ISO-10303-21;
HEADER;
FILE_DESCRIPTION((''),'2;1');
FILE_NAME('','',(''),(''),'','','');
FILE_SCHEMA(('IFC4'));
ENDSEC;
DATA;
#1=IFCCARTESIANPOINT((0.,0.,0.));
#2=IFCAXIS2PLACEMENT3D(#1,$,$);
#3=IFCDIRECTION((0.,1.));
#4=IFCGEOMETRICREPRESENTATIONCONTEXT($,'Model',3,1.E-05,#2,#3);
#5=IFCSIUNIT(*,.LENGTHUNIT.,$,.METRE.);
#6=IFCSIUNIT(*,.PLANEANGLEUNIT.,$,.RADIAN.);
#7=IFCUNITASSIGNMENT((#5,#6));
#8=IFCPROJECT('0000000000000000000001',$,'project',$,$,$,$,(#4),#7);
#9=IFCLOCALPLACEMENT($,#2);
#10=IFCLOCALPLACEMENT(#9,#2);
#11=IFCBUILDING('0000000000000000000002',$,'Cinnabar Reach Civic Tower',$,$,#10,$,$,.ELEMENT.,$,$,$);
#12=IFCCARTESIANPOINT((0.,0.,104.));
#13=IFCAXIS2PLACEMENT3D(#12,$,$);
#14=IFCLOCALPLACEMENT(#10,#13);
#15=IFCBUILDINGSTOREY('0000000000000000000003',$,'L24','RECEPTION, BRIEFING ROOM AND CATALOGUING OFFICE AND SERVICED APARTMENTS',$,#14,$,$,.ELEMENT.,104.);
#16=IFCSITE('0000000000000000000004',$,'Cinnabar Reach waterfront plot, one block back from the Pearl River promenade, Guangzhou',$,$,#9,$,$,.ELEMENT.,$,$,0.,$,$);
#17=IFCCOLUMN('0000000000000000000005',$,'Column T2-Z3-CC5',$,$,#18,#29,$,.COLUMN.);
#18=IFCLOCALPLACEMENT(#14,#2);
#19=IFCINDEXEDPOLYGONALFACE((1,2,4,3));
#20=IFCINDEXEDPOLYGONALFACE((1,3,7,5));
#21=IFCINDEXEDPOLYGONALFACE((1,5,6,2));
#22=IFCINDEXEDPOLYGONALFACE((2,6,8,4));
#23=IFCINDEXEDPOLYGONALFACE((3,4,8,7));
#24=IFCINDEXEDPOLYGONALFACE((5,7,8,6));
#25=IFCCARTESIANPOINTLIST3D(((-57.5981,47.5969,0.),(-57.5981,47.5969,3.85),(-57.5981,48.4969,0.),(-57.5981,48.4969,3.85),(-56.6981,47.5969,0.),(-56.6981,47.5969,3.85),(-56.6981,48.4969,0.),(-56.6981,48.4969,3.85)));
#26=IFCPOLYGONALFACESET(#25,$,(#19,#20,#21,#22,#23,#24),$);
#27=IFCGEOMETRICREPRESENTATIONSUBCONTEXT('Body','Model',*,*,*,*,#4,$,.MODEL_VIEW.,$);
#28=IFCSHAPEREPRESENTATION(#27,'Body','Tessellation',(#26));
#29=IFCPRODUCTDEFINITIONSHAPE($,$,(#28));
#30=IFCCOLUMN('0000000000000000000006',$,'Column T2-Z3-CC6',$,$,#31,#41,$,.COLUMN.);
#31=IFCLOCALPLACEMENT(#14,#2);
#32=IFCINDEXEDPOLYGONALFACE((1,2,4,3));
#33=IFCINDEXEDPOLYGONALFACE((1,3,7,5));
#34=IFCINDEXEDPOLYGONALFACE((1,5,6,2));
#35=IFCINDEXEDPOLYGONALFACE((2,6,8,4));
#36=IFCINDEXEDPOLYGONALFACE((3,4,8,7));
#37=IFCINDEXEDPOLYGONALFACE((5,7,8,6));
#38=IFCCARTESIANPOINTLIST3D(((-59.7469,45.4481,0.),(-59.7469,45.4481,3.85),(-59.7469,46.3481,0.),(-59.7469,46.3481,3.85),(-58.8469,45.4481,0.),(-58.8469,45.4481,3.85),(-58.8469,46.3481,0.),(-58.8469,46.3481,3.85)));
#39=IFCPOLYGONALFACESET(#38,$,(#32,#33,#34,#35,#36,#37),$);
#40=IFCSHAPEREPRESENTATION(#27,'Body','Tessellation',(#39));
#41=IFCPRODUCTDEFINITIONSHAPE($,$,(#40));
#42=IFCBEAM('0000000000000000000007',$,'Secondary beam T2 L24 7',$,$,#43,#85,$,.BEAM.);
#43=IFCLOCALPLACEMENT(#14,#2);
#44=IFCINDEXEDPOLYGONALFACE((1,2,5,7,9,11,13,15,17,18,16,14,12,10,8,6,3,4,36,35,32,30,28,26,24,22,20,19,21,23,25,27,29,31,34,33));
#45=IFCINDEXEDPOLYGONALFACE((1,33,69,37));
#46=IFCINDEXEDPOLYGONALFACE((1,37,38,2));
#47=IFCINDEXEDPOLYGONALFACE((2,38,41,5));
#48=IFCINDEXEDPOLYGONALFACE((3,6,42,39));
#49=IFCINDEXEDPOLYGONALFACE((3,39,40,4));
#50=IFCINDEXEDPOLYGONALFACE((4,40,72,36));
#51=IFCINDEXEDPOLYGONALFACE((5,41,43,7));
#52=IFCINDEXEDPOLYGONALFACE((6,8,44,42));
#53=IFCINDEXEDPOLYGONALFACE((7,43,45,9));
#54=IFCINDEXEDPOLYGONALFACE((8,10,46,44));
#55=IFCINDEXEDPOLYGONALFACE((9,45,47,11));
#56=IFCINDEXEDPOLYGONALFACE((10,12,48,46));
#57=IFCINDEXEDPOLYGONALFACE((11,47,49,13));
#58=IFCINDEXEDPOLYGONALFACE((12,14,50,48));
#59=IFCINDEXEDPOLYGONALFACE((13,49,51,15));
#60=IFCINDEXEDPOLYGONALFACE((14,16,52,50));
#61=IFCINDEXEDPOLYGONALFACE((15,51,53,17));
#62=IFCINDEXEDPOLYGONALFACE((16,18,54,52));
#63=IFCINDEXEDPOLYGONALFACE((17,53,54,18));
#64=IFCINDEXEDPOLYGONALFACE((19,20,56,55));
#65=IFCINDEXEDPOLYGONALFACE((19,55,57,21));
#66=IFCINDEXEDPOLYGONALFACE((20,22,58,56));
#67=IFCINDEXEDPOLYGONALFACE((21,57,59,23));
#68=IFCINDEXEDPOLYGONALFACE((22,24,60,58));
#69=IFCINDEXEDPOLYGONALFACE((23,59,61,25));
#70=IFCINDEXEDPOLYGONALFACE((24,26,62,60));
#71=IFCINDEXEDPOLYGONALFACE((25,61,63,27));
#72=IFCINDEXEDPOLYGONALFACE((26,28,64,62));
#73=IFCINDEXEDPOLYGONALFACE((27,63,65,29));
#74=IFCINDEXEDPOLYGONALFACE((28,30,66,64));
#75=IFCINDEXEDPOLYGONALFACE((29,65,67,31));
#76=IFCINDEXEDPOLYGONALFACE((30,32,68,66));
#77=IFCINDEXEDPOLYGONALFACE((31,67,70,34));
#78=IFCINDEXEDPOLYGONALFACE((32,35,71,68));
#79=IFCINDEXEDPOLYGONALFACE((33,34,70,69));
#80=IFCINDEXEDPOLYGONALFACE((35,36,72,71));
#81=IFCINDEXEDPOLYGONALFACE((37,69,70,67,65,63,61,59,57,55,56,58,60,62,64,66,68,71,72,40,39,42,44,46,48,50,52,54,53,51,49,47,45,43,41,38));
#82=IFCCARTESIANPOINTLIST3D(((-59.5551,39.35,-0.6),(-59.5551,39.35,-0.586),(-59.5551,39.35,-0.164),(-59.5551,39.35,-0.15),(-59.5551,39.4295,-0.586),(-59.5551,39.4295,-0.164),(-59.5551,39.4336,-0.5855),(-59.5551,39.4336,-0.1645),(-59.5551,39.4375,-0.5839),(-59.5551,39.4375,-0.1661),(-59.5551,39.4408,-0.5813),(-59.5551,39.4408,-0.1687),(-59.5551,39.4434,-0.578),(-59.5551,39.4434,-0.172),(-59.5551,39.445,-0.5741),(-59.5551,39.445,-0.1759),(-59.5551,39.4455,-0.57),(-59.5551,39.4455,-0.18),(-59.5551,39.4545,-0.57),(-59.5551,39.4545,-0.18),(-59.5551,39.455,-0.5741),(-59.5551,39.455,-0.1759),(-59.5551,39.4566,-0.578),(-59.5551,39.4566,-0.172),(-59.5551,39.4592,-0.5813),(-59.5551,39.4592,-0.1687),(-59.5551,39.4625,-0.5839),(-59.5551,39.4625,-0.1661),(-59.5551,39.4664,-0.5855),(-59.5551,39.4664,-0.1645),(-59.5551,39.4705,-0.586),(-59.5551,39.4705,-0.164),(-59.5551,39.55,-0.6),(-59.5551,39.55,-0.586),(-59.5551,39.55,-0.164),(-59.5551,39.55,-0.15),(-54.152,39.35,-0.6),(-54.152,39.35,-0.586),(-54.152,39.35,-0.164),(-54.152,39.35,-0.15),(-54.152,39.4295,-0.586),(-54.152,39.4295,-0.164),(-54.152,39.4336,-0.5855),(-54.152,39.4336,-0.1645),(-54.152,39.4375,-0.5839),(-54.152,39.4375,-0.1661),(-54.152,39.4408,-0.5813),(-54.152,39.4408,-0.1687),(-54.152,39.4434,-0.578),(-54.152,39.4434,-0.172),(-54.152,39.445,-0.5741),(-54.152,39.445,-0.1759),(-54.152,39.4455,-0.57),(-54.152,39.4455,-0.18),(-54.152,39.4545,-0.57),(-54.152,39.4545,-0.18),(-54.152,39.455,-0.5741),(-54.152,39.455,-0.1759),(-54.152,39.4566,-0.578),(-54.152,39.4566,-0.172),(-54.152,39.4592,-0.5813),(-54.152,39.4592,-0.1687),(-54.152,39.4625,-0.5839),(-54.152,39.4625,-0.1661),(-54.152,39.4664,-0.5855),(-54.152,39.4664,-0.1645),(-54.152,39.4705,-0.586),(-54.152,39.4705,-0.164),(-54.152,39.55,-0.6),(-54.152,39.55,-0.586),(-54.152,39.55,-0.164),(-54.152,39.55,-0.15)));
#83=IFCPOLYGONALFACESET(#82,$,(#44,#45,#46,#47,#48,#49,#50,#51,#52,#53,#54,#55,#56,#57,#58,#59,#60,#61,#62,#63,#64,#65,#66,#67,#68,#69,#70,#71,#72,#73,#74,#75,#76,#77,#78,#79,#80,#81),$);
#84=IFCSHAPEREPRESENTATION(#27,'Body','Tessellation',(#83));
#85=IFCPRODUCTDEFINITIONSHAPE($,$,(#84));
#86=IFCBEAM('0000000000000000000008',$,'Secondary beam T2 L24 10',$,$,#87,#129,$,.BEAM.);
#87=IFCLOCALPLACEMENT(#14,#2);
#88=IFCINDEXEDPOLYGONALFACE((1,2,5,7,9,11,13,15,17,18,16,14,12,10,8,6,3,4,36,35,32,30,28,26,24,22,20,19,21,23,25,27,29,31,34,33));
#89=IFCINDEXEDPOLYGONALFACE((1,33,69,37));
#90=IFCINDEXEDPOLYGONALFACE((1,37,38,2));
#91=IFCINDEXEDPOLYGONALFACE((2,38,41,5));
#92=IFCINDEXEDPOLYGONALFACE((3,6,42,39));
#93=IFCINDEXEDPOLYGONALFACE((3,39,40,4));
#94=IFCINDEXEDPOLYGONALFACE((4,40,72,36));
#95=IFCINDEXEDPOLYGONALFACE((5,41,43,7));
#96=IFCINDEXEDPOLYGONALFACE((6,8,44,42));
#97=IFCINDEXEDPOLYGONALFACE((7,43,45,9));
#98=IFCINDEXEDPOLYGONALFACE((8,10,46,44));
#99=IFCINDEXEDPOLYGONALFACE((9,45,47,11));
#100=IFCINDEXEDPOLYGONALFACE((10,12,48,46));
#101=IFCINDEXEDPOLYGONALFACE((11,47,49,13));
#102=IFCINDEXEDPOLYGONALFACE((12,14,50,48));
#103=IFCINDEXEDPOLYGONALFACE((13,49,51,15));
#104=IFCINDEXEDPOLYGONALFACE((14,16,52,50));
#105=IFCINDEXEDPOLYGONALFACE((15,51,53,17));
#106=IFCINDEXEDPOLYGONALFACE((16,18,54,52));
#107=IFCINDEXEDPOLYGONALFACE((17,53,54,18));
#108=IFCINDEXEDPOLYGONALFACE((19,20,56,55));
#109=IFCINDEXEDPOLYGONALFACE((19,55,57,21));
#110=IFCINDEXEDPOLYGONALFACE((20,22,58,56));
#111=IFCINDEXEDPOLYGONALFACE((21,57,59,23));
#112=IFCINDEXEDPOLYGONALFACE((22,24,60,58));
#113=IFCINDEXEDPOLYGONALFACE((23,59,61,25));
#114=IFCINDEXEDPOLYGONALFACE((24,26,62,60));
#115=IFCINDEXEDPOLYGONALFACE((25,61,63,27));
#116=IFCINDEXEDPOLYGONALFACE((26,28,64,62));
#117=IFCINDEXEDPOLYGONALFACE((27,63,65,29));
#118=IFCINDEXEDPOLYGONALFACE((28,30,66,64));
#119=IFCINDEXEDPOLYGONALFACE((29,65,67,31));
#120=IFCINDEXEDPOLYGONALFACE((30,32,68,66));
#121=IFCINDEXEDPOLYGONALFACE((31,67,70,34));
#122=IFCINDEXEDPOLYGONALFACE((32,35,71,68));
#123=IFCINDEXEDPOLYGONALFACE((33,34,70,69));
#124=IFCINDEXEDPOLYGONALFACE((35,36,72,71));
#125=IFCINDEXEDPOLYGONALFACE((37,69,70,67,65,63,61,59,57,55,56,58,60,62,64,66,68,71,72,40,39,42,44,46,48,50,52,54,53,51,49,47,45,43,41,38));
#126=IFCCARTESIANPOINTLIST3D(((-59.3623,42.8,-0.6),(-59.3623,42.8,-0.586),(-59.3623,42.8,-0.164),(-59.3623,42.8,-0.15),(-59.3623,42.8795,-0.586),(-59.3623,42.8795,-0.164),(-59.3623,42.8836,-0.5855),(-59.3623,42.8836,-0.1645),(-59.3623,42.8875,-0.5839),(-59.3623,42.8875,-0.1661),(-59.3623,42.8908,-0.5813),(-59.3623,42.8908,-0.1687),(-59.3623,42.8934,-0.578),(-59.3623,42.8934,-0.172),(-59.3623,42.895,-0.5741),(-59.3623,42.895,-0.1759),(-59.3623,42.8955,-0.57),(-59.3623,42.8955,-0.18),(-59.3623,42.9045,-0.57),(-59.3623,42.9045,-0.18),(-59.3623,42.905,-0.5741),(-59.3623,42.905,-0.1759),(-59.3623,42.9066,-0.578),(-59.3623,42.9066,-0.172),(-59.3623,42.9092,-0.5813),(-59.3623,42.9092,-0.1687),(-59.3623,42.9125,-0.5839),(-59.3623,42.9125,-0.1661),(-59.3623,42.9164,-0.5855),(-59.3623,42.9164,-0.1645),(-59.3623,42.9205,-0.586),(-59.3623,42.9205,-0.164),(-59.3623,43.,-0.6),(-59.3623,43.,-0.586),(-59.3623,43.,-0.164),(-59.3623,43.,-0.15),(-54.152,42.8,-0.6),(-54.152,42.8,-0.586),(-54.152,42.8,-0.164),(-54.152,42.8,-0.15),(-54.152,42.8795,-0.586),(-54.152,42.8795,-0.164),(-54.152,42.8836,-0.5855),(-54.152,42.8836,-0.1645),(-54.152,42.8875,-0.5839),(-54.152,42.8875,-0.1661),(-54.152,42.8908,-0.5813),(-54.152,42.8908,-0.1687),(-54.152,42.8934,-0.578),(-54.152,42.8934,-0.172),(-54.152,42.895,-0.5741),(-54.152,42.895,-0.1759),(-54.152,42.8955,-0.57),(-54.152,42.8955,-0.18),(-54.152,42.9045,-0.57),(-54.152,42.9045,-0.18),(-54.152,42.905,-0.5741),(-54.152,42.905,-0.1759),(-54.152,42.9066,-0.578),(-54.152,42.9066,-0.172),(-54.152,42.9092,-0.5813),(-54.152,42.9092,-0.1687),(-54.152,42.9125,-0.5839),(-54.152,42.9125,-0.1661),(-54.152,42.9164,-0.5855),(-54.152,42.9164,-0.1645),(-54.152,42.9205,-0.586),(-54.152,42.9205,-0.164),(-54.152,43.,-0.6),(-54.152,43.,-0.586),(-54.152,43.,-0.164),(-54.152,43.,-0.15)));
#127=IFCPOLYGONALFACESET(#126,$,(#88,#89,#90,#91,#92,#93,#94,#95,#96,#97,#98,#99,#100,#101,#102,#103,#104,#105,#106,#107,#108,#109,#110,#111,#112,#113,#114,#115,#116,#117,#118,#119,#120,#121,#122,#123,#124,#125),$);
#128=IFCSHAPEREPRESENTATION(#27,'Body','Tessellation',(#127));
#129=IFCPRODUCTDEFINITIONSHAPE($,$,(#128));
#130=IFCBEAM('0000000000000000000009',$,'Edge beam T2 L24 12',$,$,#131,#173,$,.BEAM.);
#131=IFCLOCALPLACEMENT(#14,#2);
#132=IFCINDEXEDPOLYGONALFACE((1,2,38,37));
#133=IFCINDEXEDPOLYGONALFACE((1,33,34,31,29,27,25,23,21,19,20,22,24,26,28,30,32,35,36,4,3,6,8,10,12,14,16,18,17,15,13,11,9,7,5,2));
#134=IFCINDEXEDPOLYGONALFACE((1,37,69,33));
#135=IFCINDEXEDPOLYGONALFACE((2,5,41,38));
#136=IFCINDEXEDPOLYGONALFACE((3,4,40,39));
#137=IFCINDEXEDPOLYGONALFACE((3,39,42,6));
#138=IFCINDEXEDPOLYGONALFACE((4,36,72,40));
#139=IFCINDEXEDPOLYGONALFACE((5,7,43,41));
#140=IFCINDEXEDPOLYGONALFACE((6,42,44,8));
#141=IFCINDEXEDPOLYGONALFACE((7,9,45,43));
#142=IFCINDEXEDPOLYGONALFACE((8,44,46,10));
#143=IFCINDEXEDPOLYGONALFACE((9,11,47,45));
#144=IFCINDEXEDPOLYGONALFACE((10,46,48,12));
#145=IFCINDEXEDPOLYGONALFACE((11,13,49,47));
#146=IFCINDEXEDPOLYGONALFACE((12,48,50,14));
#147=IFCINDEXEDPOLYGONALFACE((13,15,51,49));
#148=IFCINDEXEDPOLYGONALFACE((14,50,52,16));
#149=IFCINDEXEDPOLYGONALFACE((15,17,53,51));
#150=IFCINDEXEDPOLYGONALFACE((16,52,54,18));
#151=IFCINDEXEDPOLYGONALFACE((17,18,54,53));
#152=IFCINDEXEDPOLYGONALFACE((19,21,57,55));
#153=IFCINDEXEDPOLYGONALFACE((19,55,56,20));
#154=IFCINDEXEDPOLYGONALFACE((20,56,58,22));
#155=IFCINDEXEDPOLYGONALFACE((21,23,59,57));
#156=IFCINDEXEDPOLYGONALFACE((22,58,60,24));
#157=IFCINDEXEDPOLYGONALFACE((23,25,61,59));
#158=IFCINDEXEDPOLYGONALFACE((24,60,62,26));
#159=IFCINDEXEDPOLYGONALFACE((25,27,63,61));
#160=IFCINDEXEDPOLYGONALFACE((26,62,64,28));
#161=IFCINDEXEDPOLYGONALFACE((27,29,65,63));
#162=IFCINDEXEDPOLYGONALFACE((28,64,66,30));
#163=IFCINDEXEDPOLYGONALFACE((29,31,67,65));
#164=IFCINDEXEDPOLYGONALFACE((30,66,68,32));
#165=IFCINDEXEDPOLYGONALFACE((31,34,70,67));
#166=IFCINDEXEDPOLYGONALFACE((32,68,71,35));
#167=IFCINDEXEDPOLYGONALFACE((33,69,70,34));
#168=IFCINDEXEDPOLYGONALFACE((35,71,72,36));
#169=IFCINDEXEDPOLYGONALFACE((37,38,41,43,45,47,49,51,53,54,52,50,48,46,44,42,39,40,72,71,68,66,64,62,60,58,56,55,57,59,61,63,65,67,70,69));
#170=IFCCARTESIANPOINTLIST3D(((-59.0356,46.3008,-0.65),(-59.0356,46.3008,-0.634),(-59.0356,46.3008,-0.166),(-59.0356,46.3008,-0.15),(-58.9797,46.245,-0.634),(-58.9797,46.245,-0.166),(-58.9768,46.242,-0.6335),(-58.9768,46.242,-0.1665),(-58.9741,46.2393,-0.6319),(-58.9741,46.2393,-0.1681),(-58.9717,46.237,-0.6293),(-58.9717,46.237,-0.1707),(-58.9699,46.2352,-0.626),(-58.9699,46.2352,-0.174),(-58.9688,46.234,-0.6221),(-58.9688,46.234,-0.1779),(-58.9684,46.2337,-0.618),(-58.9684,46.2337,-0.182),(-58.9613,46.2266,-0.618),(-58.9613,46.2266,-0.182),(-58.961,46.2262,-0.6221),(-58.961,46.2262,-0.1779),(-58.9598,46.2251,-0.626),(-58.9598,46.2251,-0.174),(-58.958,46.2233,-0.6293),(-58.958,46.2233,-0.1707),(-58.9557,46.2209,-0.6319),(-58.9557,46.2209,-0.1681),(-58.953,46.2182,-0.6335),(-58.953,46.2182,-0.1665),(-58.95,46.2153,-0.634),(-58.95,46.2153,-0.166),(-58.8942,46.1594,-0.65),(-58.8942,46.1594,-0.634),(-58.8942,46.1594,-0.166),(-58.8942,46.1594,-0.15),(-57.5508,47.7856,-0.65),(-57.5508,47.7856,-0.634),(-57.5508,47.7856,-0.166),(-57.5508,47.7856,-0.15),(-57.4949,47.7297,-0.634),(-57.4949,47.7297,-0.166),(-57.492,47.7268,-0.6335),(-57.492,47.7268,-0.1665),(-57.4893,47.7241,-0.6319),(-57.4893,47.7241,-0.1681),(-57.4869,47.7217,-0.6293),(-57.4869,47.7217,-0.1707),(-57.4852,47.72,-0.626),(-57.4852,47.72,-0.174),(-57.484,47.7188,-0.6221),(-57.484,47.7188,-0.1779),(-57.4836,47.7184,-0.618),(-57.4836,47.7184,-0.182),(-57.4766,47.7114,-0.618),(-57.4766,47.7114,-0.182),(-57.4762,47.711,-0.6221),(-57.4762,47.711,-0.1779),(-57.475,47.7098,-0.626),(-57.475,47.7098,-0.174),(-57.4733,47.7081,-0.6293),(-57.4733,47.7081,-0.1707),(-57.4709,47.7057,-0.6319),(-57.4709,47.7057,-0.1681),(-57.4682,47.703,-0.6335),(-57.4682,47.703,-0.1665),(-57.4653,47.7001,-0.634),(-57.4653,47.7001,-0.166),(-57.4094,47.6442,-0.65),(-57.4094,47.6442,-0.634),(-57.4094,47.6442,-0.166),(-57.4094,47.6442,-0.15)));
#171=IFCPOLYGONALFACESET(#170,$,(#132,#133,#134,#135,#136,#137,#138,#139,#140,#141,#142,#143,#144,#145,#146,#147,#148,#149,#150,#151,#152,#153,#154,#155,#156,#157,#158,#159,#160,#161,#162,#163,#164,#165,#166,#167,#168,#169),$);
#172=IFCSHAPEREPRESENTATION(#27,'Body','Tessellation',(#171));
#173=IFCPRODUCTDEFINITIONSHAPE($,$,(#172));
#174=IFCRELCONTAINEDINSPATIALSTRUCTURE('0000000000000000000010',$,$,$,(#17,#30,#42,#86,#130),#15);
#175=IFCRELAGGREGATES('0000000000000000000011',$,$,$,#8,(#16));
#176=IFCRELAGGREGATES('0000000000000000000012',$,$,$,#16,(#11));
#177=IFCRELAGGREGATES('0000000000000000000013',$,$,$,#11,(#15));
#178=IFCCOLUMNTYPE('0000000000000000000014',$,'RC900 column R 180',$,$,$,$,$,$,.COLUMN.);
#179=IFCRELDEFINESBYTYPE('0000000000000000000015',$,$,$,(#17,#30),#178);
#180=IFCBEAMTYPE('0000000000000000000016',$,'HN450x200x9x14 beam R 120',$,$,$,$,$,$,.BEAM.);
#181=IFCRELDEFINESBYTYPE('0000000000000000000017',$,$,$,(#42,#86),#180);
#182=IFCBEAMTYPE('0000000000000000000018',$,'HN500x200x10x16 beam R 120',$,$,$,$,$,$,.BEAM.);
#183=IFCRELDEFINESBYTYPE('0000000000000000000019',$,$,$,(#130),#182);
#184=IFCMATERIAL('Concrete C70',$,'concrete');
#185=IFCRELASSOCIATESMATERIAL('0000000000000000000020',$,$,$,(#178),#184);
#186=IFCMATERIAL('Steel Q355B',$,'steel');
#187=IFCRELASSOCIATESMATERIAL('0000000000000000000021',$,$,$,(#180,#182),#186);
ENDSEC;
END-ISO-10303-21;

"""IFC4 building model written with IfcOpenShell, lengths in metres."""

from ifc_helpers import new_model, si_unit, direction, frame, origin, origin_2d, place, context, subcontext, project, spatial, rectangle, i_section, extrude, material, material_profile, profile_set, type_object, element, save


model = new_model("IFC4")

# Units and contexts
model_context = context("Model", 3, precision=1e-05, world=origin(), true_north=direction((0.0, 1.0)))
body_context = subcontext(model_context, "Body", "Model", "MODEL_VIEW")
ifc_project = project(units=[si_unit("LENGTHUNIT", "METRE"), si_unit("PLANEANGLEUNIT", "RADIAN")], contexts=[model_context])

# Site, building, storey
site_placement = place(None, origin())
site = spatial("IfcSite", under=ifc_project, at=site_placement, Name="Cinnabar Reach waterfront plot, one block back from the Pearl River promenade, Guangzhou", CompositionType="ELEMENT", RefElevation=0.0)
building_placement = place(site_placement, origin())
building = spatial("IfcBuilding", under=site, at=building_placement, Name="Cinnabar Reach Civic Tower", CompositionType="ELEMENT")
storey_placement = place(building_placement, frame((0.0, 0.0, 104.0)))
storey = spatial("IfcBuildingStorey", under=building, at=storey_placement, Name="L24", Description="RECEPTION, BRIEFING ROOM AND CATALOGUING OFFICE AND SERVICED APARTMENTS", CompositionType="ELEMENT", Elevation=104.0)

# Columns
ifc_material_1 = material(Name="Concrete C70", Category="concrete")
ifc_material_profile_1 = material_profile(ifc_material_1, rectangle(XDim=0.9, YDim=0.9, at=origin_2d()), Name="RC900")
ifc_profile_set_1 = profile_set([ifc_material_profile_1], Name="Concrete C70")
column_type = type_object("IfcColumnType", Name="RC900 column R 180", PredefinedType="COLUMN", material=ifc_profile_set_1)
for number, where, z_axis, x_axis, name in (
    (1, (-57.1481, 48.0469, 0.0), (0.0, 0.0, 1.0), (1.0, 0.0, 0.0), "Column T2-Z3-CC5"),
    (2, (-59.2969, 45.8981, 0.0), (0.0, 0.0, 1.0), (1.0, 0.0, 0.0), "Column T2-Z3-CC6"),
):
    element("IfcColumn", number, at=place(storey_placement, frame(where, z_axis=z_axis, x_axis=x_axis)), inside=storey, type_object=column_type, Name=name, PredefinedType="COLUMN", context=body_context, shape_type="SweptSolid", body=[
        extrude(rectangle(XDim=0.9, YDim=0.9, at=origin_2d()), origin(), (0.0, 0.0, 1.0), 3.85),
    ])

# Beams
ifc_material_2 = material(Name="Steel Q355B", Category="steel")
ifc_material_profile_2 = material_profile(ifc_material_2, i_section(OverallWidth=0.2, OverallDepth=0.45, WebThickness=0.009, FlangeThickness=0.014, FilletRadius=0.016, at=origin_2d()), Name="HN450x200x9x14")
ifc_profile_set_2 = profile_set([ifc_material_profile_2], Name="Steel Q355B")
beam_type_1 = type_object("IfcBeamType", Name="HN450x200x9x14 beam R 120", PredefinedType="BEAM", material=ifc_profile_set_2)
beam_1_placement = place(storey_placement, frame((-59.5551, 39.45, -0.375), z_axis=(1.0, 0.0, 0.0), x_axis=(0.0, 1.0, 0.0)))
element("IfcBeam", 3, at=beam_1_placement, inside=storey, type_object=beam_type_1, Name="Secondary beam T2 L24 7", PredefinedType="BEAM", context=body_context, shape_type="SweptSolid", body=[
    extrude(i_section(OverallWidth=0.2, OverallDepth=0.45, WebThickness=0.009, FlangeThickness=0.014, FilletRadius=0.016, at=origin_2d()), origin(), (0.0, 0.0, 1.0), 5.4031),
])
beam_2_placement = place(storey_placement, frame((-59.3623, 42.9, -0.375), z_axis=(1.0, 0.0, 0.0), x_axis=(0.0, 1.0, 0.0)))
element("IfcBeam", 4, at=beam_2_placement, inside=storey, type_object=beam_type_1, Name="Secondary beam T2 L24 10", PredefinedType="BEAM", context=body_context, shape_type="SweptSolid", body=[
    extrude(i_section(OverallWidth=0.2, OverallDepth=0.45, WebThickness=0.009, FlangeThickness=0.014, FilletRadius=0.016, at=origin_2d()), origin(), (0.0, 0.0, 1.0), 5.2103),
])
ifc_material_profile_3 = material_profile(ifc_material_2, i_section(OverallWidth=0.2, OverallDepth=0.5, WebThickness=0.01, FlangeThickness=0.016, FilletRadius=0.016, at=origin_2d()), Name="HN500x200x10x16")
ifc_profile_set_3 = profile_set([ifc_material_profile_3], Name="Steel Q355B")
beam_type_2 = type_object("IfcBeamType", Name="HN500x200x10x16 beam R 120", PredefinedType="BEAM", material=ifc_profile_set_3)
beam_3_placement = place(storey_placement, frame((-57.4801, 47.7149, -0.4), z_axis=(-0.707107, -0.707107, 0.0), x_axis=(0.707107, -0.707107, 0.0)))
element("IfcBeam", 5, at=beam_3_placement, inside=storey, type_object=beam_type_2, Name="Edge beam T2 L24 12", PredefinedType="BEAM", context=body_context, shape_type="SweptSolid", body=[
    extrude(i_section(OverallWidth=0.2, OverallDepth=0.5, WebThickness=0.01, FlangeThickness=0.016, FilletRadius=0.016, at=origin_2d()), origin(), (0.0, 0.0, 1.0), 2.0998),
])

save(model, "model.ifc")
